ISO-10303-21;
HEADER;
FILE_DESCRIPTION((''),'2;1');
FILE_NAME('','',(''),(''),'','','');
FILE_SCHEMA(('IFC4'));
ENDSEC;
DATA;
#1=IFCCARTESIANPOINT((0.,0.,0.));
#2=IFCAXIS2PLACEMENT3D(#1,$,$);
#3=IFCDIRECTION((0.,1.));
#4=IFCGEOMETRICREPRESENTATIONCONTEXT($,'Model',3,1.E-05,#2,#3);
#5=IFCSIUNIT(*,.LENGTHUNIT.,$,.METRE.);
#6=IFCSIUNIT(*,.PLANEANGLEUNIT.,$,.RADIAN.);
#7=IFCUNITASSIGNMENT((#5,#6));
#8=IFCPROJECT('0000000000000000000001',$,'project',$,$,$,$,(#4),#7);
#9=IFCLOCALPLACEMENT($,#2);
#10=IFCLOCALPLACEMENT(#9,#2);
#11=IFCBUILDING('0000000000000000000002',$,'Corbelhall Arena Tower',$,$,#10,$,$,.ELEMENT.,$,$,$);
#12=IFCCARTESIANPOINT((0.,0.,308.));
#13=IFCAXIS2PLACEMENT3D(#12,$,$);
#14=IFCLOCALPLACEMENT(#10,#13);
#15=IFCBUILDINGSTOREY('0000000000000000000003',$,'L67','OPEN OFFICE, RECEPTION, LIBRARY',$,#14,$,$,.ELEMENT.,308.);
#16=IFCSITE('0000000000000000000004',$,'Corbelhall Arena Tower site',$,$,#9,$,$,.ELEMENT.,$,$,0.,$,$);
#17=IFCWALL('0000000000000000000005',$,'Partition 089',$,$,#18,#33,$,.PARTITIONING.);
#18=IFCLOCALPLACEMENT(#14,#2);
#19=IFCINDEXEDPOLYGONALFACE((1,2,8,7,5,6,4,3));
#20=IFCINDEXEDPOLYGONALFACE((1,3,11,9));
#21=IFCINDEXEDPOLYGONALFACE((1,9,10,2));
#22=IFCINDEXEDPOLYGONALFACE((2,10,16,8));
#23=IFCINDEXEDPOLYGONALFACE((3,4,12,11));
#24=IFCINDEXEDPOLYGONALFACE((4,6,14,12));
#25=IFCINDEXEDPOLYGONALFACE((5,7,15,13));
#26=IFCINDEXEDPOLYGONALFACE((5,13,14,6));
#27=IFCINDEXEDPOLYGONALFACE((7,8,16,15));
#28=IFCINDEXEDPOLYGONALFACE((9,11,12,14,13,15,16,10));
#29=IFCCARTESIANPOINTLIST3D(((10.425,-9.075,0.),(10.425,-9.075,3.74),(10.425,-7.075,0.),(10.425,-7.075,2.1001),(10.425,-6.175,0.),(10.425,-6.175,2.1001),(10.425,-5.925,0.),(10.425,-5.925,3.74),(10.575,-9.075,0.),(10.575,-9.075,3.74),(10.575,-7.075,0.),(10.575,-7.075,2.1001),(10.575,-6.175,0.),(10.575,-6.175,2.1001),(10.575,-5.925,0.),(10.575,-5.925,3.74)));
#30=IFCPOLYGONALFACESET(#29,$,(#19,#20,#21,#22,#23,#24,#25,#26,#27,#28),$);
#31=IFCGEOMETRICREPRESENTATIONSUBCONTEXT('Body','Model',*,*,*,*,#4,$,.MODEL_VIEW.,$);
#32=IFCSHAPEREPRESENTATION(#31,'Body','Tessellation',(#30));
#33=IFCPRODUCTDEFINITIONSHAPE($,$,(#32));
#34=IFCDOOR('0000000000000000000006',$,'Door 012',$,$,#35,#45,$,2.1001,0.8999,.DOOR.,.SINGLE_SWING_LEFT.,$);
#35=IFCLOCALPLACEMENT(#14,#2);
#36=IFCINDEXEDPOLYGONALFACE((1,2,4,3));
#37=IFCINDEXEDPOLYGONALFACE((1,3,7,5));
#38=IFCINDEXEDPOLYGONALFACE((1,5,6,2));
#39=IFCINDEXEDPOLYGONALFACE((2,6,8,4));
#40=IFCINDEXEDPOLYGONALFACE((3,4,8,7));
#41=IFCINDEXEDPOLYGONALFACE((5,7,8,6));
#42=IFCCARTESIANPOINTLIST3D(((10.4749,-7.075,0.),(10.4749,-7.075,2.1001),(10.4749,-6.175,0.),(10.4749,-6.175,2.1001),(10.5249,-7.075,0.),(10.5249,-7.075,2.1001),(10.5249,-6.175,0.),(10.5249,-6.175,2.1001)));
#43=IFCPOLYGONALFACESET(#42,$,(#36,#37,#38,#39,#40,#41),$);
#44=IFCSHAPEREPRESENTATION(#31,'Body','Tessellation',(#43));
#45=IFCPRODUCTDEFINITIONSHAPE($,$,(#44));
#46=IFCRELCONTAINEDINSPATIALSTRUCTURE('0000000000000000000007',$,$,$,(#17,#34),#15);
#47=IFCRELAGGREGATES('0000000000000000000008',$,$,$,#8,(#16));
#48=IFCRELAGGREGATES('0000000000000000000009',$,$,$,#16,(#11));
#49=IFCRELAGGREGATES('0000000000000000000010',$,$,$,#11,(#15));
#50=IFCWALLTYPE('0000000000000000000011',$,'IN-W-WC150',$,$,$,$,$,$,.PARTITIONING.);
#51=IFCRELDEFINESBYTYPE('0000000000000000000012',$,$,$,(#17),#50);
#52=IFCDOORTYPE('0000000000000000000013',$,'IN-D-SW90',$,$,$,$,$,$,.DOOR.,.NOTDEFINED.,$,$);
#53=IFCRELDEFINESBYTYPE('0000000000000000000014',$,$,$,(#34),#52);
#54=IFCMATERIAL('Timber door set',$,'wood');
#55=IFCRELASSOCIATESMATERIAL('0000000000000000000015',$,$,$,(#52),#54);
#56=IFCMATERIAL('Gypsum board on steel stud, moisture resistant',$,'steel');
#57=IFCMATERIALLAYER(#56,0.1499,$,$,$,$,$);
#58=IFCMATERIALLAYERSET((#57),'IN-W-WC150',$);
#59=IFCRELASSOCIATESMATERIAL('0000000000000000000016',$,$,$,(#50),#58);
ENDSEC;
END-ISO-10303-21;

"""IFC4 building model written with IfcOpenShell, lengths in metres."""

from ifc_helpers import new_model, si_unit, direction, frame, frame_2d, origin, place, context, subcontext, project, spatial, rectangle, extrude, material, layer, layer_set, type_object, element, fill, save


model = new_model("IFC4")

# Units and contexts
model_context = context("Model", 3, precision=1e-05, world=origin(), true_north=direction((0.0, 1.0)))
body_context = subcontext(model_context, "Body", "Model", "MODEL_VIEW")
ifc_project = project(units=[si_unit("LENGTHUNIT", "METRE"), si_unit("PLANEANGLEUNIT", "RADIAN")], contexts=[model_context])

# Site, building, storey
site_placement = place(None, origin())
site = spatial("IfcSite", under=ifc_project, at=site_placement, Name="Corbelhall Arena Tower site", CompositionType="ELEMENT", RefElevation=0.0)
building_placement = place(site_placement, origin())
building = spatial("IfcBuilding", under=site, at=building_placement, Name="Corbelhall Arena Tower", CompositionType="ELEMENT")
storey_placement = place(building_placement, frame((0.0, 0.0, 308.0)))
storey = spatial("IfcBuildingStorey", under=building, at=storey_placement, Name="L67", Description="OPEN OFFICE, RECEPTION, LIBRARY", CompositionType="ELEMENT", Elevation=308.0)

# Shared definitions
ifc_material_1 = material(Name="Timber door set", Category="wood")
door_type_1 = type_object("IfcDoorType", Name="IN-D-SW90", OperationType="NOTDEFINED", PredefinedType="DOOR", material=ifc_material_1)

# Shared definitions
ifc_material_2 = material(Name="Gypsum board on steel stud, moisture resistant", Category="steel")
ifc_layer_1 = layer(ifc_material_2, 0.1499)
ifc_layer_set_1 = layer_set([ifc_layer_1], Name="IN-W-WC150")
wall_type_1 = type_object("IfcWallType", Name="IN-W-WC150", PredefinedType="PARTITIONING", material=ifc_layer_set_1)

# Wall, opening, door
wall_1_placement = place(storey_placement, frame((10.5, -5.925, 0.0), z_axis=(0.0, 0.0, 1.0), x_axis=(0.0, -1.0, 0.0)))
wall_1 = element("IfcWall", 1, at=wall_1_placement, inside=storey, type_object=wall_type_1, Name="Partition 089", PredefinedType="PARTITIONING", context=body_context, shape_type="SweptSolid", body=[
    extrude(rectangle(XDim=3.1499, YDim=0.1499, at=frame_2d((1.575, 0.0))), origin(), (0.0, 0.0, 1.0), 3.74),
])
opening_1_placement = place(wall_1_placement, frame((0.25, 0.0, 0.0)))
opening_1 = element("IfcOpeningElement", 2, at=opening_1_placement, cuts=wall_1, PredefinedType="OPENING", context=body_context, shape_type="SweptSolid", body=[
    extrude(rectangle(XDim=0.8999, YDim=2.1001, at=frame_2d((0.45, 1.05))), frame((0.0, 0.075, 0.0), z_axis=(0.0, -1.0, 0.0), x_axis=(1.0, 0.0, 0.0)), (0.0, 0.0, 1.0), 0.1499),
])
door_1_placement = place(opening_1_placement, origin())
door_1 = element("IfcDoor", 3, at=door_1_placement, inside=storey, type_object=door_type_1, Name="Door 012", OperationType="SINGLE_SWING_LEFT", OverallHeight=2.1001, OverallWidth=0.8999, PredefinedType="DOOR", context=body_context, shape_type="SweptSolid", body=[
    extrude(rectangle(XDim=0.8999, YDim=2.1001, at=frame_2d((0.45, 1.05))), frame((0.0, 0.0249, 0.0), z_axis=(0.0, -1.0, 0.0), x_axis=(1.0, 0.0, 0.0)), (0.0, 0.0, 1.0), 0.05),
])
fill(opening_1, door_1)

save(model, "model.ifc")
